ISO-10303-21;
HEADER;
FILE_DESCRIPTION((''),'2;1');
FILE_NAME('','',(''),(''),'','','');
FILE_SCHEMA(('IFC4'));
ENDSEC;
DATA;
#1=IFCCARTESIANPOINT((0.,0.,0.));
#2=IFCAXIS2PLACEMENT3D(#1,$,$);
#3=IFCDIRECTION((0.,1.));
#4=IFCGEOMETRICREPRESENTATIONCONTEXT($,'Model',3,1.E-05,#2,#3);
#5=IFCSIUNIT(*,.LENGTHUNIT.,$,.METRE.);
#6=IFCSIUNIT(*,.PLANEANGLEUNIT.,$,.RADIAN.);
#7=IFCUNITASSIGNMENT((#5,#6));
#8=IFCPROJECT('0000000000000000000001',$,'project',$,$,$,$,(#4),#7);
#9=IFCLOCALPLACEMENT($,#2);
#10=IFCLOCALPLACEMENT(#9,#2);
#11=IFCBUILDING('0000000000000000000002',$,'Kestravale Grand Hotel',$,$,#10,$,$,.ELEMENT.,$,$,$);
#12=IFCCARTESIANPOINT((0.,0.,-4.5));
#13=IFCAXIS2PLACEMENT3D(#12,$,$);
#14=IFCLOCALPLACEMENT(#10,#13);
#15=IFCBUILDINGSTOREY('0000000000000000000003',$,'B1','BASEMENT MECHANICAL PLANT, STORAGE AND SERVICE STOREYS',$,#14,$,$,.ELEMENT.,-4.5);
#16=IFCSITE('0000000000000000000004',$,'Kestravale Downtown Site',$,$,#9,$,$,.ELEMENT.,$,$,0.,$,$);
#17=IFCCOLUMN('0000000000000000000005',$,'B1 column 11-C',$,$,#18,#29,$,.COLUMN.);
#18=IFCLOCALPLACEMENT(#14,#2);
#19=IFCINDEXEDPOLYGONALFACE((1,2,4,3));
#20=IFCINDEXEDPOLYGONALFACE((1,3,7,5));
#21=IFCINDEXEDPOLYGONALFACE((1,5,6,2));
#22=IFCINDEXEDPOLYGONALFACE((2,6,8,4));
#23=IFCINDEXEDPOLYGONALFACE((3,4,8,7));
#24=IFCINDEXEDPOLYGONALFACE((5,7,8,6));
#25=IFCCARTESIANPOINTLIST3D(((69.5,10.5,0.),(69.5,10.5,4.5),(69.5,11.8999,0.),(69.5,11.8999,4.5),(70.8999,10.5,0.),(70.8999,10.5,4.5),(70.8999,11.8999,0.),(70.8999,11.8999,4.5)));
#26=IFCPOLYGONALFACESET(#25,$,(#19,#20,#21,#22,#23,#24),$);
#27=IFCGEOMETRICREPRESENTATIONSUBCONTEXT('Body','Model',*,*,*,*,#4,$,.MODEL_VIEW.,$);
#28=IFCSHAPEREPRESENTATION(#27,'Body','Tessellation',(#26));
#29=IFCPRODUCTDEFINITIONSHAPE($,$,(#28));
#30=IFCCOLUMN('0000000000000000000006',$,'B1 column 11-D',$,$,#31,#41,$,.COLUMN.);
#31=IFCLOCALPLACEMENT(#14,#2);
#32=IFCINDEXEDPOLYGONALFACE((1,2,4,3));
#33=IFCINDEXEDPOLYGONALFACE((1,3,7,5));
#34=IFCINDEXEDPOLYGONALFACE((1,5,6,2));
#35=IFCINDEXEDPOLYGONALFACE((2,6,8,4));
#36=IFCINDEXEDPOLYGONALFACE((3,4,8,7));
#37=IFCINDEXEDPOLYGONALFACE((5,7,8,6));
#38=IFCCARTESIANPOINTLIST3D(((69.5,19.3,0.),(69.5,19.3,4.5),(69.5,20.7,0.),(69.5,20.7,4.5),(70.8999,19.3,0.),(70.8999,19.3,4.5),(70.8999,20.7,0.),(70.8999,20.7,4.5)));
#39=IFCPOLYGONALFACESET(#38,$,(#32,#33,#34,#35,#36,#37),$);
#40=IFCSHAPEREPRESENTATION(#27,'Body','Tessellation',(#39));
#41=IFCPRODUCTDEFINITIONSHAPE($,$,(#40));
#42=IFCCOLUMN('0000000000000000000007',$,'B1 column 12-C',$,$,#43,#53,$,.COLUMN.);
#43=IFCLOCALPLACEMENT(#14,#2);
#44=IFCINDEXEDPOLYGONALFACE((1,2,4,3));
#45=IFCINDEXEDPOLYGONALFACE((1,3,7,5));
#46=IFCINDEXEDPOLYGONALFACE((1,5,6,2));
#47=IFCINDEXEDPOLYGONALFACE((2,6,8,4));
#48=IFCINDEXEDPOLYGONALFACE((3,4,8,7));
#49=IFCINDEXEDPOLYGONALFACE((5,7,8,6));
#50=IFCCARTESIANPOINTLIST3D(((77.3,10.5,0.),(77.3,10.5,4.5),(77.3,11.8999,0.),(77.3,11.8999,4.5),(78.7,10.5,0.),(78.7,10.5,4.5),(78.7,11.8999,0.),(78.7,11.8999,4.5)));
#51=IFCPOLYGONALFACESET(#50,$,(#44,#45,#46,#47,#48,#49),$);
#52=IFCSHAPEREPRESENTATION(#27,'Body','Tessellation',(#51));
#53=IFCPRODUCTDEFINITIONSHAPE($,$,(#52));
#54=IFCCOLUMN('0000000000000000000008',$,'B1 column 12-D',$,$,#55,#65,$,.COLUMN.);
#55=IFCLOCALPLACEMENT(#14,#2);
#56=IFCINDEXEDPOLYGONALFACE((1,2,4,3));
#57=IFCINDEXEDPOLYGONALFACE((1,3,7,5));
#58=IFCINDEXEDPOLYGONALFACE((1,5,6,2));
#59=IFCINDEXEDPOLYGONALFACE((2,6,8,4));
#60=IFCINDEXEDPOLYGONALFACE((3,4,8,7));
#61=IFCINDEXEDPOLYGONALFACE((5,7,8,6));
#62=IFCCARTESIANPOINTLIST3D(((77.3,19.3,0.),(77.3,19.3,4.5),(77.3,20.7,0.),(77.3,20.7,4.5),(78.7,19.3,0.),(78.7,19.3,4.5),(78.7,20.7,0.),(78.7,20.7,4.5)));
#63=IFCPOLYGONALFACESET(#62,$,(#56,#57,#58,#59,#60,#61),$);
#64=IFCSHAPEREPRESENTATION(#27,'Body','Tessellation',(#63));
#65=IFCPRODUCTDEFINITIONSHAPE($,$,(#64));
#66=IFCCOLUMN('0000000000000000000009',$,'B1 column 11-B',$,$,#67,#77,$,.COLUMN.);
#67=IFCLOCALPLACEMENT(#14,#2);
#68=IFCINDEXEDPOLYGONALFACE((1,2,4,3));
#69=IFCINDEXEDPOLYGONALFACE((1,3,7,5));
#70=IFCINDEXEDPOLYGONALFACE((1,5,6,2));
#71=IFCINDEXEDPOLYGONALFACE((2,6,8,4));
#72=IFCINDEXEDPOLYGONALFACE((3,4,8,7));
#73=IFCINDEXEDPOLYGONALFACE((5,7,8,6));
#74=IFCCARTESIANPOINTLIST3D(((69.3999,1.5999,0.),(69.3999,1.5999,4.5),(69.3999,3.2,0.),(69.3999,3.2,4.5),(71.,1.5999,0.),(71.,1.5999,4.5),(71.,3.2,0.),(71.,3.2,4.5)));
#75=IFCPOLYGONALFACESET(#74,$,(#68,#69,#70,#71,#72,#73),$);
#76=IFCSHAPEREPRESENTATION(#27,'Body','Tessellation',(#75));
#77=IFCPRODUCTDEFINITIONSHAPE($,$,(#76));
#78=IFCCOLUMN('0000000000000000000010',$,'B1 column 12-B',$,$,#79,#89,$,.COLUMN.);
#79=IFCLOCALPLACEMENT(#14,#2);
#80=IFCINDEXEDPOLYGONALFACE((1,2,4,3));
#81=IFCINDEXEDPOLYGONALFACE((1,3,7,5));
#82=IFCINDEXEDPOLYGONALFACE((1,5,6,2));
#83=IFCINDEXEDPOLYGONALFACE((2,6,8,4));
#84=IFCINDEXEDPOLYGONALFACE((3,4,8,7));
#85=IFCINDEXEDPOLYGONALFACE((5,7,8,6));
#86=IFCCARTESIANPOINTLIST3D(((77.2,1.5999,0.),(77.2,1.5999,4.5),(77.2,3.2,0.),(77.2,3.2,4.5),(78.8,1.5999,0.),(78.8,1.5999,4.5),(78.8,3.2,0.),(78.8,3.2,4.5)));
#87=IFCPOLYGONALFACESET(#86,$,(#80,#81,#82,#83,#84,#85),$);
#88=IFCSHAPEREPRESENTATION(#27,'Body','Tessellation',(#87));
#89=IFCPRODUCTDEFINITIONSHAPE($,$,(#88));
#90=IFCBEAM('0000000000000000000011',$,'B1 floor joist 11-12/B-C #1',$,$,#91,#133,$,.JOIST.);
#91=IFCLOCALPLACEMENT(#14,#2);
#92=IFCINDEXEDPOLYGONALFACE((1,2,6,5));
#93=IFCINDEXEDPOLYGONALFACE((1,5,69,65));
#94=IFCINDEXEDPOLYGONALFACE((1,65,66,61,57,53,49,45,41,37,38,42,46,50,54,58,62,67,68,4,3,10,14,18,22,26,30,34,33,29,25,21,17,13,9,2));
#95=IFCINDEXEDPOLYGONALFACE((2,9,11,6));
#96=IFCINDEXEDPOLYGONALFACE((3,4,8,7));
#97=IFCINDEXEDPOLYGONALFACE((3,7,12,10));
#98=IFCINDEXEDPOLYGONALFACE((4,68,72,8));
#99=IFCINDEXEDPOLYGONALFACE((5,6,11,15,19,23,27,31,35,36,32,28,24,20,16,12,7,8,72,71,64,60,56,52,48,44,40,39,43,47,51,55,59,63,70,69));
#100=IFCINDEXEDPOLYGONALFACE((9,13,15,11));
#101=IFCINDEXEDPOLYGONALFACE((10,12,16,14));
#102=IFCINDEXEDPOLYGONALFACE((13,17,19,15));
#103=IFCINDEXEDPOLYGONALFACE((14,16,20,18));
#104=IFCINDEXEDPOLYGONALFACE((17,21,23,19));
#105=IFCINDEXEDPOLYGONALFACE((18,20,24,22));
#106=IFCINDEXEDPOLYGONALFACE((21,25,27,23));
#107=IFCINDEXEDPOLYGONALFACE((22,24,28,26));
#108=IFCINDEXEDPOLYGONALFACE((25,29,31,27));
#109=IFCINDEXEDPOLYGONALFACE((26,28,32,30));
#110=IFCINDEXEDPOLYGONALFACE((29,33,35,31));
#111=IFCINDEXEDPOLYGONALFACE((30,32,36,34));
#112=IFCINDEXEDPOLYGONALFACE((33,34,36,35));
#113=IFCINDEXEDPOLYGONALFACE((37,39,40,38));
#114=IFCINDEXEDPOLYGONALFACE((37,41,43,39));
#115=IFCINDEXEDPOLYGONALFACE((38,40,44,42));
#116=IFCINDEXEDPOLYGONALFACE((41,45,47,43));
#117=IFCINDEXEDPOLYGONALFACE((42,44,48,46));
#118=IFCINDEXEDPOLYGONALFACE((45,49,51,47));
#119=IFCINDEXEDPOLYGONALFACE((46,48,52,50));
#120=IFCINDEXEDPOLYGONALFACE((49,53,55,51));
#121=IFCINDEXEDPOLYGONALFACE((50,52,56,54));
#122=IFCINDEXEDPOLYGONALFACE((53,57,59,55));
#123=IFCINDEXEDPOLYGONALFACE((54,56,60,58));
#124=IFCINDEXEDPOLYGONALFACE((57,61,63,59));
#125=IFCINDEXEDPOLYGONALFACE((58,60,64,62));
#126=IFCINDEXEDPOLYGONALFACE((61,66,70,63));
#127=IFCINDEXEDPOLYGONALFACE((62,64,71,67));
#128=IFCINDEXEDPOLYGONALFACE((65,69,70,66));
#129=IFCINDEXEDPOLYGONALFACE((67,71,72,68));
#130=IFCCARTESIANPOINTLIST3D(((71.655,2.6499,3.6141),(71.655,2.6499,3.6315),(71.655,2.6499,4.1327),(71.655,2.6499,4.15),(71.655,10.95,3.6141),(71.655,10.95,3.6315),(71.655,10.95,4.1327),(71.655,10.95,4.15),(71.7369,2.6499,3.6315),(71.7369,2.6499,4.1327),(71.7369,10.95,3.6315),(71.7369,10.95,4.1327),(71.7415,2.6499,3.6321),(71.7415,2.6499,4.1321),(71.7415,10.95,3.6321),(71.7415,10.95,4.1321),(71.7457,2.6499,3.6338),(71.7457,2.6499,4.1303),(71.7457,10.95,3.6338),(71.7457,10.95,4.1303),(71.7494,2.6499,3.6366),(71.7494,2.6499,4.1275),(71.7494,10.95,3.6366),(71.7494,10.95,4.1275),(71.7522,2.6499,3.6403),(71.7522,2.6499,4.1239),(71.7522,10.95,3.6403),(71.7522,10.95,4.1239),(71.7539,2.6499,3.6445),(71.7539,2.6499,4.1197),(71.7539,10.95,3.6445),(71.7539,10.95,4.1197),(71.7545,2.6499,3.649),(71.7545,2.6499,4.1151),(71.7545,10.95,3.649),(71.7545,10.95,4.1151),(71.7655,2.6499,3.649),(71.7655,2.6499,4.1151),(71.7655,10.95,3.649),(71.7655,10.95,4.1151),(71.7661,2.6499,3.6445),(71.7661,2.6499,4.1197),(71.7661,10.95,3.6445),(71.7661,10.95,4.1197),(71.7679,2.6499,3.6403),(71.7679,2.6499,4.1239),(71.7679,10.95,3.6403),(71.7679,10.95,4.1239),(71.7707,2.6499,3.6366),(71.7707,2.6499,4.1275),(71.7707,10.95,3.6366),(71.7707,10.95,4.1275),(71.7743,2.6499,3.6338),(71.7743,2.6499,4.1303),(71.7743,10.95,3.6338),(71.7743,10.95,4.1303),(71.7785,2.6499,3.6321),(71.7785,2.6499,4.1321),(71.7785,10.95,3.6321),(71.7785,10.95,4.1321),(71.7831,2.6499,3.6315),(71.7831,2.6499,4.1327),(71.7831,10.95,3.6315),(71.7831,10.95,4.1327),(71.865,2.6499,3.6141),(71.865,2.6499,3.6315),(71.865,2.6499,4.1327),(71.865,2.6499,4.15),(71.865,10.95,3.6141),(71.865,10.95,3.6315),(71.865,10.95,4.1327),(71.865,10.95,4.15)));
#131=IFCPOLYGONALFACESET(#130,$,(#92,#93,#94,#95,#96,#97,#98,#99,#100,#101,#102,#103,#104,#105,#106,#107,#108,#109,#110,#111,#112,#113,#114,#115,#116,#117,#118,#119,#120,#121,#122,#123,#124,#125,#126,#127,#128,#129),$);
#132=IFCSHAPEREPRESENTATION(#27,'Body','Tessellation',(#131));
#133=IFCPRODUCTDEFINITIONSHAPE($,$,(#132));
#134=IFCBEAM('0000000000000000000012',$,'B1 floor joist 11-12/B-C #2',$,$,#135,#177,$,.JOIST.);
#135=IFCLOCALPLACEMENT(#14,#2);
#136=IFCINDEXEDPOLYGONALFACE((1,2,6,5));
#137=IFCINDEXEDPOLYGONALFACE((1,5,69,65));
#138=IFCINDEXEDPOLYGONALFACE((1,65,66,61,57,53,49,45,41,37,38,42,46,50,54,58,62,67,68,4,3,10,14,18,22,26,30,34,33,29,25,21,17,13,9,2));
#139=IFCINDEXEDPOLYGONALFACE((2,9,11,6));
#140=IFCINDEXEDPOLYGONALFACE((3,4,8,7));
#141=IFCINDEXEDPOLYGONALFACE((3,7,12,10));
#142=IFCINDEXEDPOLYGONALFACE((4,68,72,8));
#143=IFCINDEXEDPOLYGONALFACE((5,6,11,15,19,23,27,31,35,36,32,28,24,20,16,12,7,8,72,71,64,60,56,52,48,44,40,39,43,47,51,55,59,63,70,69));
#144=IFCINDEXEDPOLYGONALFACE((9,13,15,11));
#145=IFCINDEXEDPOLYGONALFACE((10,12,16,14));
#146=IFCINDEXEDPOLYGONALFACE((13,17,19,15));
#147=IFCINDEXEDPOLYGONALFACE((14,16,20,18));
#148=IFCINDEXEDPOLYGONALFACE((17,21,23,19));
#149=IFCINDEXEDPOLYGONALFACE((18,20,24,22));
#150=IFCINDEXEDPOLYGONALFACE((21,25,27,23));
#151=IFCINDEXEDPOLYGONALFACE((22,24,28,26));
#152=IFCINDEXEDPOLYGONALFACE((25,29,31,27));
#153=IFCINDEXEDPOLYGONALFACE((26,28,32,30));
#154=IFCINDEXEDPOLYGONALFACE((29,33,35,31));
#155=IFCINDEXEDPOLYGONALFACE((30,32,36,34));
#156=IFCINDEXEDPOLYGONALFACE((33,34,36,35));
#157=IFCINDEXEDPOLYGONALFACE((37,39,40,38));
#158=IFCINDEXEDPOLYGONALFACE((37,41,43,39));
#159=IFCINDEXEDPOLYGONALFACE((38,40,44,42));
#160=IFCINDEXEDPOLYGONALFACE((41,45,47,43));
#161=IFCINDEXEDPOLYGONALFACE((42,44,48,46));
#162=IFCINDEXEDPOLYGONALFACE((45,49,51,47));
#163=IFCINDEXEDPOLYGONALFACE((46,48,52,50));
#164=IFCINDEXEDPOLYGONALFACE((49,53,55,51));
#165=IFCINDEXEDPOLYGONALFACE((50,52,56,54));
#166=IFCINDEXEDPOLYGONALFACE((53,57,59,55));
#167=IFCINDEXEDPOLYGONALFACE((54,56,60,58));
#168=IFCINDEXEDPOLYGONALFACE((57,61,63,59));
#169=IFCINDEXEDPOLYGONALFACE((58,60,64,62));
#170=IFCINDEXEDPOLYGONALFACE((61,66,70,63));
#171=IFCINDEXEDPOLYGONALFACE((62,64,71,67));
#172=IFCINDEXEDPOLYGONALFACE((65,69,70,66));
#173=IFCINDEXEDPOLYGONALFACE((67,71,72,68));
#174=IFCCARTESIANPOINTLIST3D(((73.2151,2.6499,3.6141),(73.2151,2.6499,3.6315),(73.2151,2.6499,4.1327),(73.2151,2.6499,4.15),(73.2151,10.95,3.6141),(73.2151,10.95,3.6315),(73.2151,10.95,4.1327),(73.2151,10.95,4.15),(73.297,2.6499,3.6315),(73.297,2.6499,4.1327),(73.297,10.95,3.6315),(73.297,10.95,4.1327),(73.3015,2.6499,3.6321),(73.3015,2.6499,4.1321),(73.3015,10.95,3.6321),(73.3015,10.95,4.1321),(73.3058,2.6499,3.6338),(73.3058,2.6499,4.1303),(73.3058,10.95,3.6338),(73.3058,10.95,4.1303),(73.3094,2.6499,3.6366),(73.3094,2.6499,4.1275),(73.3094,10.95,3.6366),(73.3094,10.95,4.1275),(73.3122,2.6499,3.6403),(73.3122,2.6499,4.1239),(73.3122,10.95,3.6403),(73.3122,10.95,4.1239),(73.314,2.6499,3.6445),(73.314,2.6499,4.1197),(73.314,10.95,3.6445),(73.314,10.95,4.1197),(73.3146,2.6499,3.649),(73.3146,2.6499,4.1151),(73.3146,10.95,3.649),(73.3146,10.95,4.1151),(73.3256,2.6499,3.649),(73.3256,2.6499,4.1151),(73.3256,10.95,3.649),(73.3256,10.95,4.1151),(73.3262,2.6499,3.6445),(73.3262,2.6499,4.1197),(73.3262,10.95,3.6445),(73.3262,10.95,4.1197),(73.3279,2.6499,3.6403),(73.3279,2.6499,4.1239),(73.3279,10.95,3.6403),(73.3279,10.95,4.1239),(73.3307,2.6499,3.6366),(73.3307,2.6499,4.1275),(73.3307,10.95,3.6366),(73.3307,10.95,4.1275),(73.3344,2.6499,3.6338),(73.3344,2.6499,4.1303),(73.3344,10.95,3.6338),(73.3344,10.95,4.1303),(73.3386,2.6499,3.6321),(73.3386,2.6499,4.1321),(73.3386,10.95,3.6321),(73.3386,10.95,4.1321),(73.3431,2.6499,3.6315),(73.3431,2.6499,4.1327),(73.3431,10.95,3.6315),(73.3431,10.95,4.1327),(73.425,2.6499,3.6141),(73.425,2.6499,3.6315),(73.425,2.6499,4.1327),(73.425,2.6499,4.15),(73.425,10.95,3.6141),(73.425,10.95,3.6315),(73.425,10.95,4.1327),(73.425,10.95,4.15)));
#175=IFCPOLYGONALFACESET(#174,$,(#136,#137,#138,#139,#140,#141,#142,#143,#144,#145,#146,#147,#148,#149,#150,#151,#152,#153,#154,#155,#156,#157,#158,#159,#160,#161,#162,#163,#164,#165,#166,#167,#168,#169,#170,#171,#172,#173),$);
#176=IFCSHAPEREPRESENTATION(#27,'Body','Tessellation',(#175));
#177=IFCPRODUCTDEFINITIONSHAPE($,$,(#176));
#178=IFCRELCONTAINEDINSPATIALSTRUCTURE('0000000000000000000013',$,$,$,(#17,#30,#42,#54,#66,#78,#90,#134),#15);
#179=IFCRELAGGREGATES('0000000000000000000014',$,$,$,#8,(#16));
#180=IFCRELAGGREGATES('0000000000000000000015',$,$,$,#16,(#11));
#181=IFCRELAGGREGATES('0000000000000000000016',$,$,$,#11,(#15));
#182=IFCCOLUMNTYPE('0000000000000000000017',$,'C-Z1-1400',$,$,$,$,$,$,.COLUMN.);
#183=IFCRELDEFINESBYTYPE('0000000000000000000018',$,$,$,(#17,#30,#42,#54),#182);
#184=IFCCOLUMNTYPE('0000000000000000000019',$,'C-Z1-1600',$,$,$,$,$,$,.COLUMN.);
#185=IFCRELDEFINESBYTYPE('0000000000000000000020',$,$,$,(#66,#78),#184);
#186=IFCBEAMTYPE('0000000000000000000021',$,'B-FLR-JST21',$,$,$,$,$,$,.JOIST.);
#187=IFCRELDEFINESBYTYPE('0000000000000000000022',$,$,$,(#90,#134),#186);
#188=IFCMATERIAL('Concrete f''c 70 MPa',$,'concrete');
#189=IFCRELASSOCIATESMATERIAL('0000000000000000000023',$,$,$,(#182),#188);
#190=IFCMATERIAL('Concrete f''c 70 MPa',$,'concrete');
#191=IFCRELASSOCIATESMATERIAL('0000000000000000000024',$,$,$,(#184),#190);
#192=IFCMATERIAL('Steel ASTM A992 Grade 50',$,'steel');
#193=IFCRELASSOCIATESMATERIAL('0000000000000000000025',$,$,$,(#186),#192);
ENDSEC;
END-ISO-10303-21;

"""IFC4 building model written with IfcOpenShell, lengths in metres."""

from ifc_helpers import new_model, si_unit, direction, frame, origin, origin_2d, place, context, subcontext, project, spatial, rectangle, i_section, extrude, material, material_profile, profile_set, type_object, element, save


model = new_model("IFC4")

# Units and contexts
model_context = context("Model", 3, precision=1e-05, world=origin(), true_north=direction((0.0, 1.0)))
body_context = subcontext(model_context, "Body", "Model", "MODEL_VIEW")
ifc_project = project(units=[si_unit("LENGTHUNIT", "METRE"), si_unit("PLANEANGLEUNIT", "RADIAN")], contexts=[model_context])

# Site, building, storey
site_placement = place(None, origin())
site = spatial("IfcSite", under=ifc_project, at=site_placement, Name="Kestravale Downtown Site", CompositionType="ELEMENT", RefElevation=0.0)
building_placement = place(site_placement, origin())
building = spatial("IfcBuilding", under=site, at=building_placement, Name="Kestravale Grand Hotel", CompositionType="ELEMENT")
storey_placement = place(building_placement, frame((0.0, 0.0, -4.5)))
storey = spatial("IfcBuildingStorey", under=building, at=storey_placement, Name="B1", Description="BASEMENT MECHANICAL PLANT, STORAGE AND SERVICE STOREYS", CompositionType="ELEMENT", Elevation=-4.5)

# Columns
ifc_material_1 = material(Name="Concrete f'c 70 MPa", Category="concrete")
ifc_material_profile_1 = material_profile(ifc_material_1, rectangle(XDim=1.3999, YDim=1.3999, at=origin_2d()))
ifc_profile_set_1 = profile_set([ifc_material_profile_1], Name="Concrete f'c 70 MPa")
column_type_1 = type_object("IfcColumnType", Name="C-Z1-1400", PredefinedType="COLUMN", material=ifc_profile_set_1)
for number, where, z_axis, x_axis, name in (
    (1, (70.2, 11.2, 0.0), (0.0, 0.0, 1.0), (1.0, 0.0, 0.0), "B1 column 11-C"),
    (2, (70.2, 20.0, 0.0), (0.0, 0.0, 1.0), (1.0, 0.0, 0.0), "B1 column 11-D"),
    (3, (78.0, 11.2, 0.0), (0.0, 0.0, 1.0), (1.0, 0.0, 0.0), "B1 column 12-C"),
    (4, (78.0, 20.0, 0.0), (0.0, 0.0, 1.0), (1.0, 0.0, 0.0), "B1 column 12-D"),
):
    element("IfcColumn", number, at=place(storey_placement, frame(where, z_axis=z_axis, x_axis=x_axis)), inside=storey, type_object=column_type_1, Name=name, PredefinedType="COLUMN", context=body_context, shape_type="SweptSolid", body=[
        extrude(rectangle(XDim=1.3999, YDim=1.3999, at=origin_2d()), origin(), (0.0, 0.0, 1.0), 4.5),
    ])
ifc_material_2 = material(Name="Concrete f'c 70 MPa", Category="concrete")
ifc_material_profile_2 = material_profile(ifc_material_2, rectangle(XDim=1.6001, YDim=1.6001, at=origin_2d()))
ifc_profile_set_2 = profile_set([ifc_material_profile_2], Name="Concrete f'c 70 MPa")
column_type_2 = type_object("IfcColumnType", Name="C-Z1-1600", PredefinedType="COLUMN", material=ifc_profile_set_2)
for number, where, z_axis, x_axis, name in (
    (5, (70.2, 2.3999, 0.0), (0.0, 0.0, 1.0), (1.0, 0.0, 0.0), "B1 column 11-B"),
    (6, (78.0, 2.3999, 0.0), (0.0, 0.0, 1.0), (1.0, 0.0, 0.0), "B1 column 12-B"),
):
    element("IfcColumn", number, at=place(storey_placement, frame(where, z_axis=z_axis, x_axis=x_axis)), inside=storey, type_object=column_type_2, Name=name, PredefinedType="COLUMN", context=body_context, shape_type="SweptSolid", body=[
        extrude(rectangle(XDim=1.6001, YDim=1.6001, at=origin_2d()), origin(), (0.0, 0.0, 1.0), 4.5),
    ])

# Beams
ifc_material_3 = material(Name="Steel ASTM A992 Grade 50", Category="steel")
ifc_material_profile_3 = material_profile(ifc_material_3, i_section(OverallWidth=0.21, OverallDepth=0.5359, WebThickness=0.011, FlangeThickness=0.0173, FilletRadius=0.0176, at=origin_2d()))
ifc_profile_set_3 = profile_set([ifc_material_profile_3], Name="Steel ASTM A992 Grade 50")
beam_type_1 = type_object("IfcBeamType", Name="B-FLR-JST21", PredefinedType="JOIST", material=ifc_profile_set_3)
for number, where, z_axis, x_axis, name in (
    (7, (71.76, 2.6499, 3.8821), (0.0, 1.0, 0.0), (-1.0, 0.0, 0.0), "B1 floor joist 11-12/B-C #1"),
    (8, (73.3201, 2.6499, 3.8821), (0.0, 1.0, 0.0), (-1.0, 0.0, 0.0), "B1 floor joist 11-12/B-C #2"),
):
    element("IfcBeam", number, at=place(storey_placement, frame(where, z_axis=z_axis, x_axis=x_axis)), inside=storey, type_object=beam_type_1, Name=name, PredefinedType="JOIST", context=body_context, shape_type="SweptSolid", body=[
        extrude(i_section(OverallWidth=0.21, OverallDepth=0.5359, WebThickness=0.011, FlangeThickness=0.0173, FilletRadius=0.0176, at=origin_2d()), origin(), (0.0, 0.0, 1.0), 8.3),
    ])

save(model, "model.ifc")
